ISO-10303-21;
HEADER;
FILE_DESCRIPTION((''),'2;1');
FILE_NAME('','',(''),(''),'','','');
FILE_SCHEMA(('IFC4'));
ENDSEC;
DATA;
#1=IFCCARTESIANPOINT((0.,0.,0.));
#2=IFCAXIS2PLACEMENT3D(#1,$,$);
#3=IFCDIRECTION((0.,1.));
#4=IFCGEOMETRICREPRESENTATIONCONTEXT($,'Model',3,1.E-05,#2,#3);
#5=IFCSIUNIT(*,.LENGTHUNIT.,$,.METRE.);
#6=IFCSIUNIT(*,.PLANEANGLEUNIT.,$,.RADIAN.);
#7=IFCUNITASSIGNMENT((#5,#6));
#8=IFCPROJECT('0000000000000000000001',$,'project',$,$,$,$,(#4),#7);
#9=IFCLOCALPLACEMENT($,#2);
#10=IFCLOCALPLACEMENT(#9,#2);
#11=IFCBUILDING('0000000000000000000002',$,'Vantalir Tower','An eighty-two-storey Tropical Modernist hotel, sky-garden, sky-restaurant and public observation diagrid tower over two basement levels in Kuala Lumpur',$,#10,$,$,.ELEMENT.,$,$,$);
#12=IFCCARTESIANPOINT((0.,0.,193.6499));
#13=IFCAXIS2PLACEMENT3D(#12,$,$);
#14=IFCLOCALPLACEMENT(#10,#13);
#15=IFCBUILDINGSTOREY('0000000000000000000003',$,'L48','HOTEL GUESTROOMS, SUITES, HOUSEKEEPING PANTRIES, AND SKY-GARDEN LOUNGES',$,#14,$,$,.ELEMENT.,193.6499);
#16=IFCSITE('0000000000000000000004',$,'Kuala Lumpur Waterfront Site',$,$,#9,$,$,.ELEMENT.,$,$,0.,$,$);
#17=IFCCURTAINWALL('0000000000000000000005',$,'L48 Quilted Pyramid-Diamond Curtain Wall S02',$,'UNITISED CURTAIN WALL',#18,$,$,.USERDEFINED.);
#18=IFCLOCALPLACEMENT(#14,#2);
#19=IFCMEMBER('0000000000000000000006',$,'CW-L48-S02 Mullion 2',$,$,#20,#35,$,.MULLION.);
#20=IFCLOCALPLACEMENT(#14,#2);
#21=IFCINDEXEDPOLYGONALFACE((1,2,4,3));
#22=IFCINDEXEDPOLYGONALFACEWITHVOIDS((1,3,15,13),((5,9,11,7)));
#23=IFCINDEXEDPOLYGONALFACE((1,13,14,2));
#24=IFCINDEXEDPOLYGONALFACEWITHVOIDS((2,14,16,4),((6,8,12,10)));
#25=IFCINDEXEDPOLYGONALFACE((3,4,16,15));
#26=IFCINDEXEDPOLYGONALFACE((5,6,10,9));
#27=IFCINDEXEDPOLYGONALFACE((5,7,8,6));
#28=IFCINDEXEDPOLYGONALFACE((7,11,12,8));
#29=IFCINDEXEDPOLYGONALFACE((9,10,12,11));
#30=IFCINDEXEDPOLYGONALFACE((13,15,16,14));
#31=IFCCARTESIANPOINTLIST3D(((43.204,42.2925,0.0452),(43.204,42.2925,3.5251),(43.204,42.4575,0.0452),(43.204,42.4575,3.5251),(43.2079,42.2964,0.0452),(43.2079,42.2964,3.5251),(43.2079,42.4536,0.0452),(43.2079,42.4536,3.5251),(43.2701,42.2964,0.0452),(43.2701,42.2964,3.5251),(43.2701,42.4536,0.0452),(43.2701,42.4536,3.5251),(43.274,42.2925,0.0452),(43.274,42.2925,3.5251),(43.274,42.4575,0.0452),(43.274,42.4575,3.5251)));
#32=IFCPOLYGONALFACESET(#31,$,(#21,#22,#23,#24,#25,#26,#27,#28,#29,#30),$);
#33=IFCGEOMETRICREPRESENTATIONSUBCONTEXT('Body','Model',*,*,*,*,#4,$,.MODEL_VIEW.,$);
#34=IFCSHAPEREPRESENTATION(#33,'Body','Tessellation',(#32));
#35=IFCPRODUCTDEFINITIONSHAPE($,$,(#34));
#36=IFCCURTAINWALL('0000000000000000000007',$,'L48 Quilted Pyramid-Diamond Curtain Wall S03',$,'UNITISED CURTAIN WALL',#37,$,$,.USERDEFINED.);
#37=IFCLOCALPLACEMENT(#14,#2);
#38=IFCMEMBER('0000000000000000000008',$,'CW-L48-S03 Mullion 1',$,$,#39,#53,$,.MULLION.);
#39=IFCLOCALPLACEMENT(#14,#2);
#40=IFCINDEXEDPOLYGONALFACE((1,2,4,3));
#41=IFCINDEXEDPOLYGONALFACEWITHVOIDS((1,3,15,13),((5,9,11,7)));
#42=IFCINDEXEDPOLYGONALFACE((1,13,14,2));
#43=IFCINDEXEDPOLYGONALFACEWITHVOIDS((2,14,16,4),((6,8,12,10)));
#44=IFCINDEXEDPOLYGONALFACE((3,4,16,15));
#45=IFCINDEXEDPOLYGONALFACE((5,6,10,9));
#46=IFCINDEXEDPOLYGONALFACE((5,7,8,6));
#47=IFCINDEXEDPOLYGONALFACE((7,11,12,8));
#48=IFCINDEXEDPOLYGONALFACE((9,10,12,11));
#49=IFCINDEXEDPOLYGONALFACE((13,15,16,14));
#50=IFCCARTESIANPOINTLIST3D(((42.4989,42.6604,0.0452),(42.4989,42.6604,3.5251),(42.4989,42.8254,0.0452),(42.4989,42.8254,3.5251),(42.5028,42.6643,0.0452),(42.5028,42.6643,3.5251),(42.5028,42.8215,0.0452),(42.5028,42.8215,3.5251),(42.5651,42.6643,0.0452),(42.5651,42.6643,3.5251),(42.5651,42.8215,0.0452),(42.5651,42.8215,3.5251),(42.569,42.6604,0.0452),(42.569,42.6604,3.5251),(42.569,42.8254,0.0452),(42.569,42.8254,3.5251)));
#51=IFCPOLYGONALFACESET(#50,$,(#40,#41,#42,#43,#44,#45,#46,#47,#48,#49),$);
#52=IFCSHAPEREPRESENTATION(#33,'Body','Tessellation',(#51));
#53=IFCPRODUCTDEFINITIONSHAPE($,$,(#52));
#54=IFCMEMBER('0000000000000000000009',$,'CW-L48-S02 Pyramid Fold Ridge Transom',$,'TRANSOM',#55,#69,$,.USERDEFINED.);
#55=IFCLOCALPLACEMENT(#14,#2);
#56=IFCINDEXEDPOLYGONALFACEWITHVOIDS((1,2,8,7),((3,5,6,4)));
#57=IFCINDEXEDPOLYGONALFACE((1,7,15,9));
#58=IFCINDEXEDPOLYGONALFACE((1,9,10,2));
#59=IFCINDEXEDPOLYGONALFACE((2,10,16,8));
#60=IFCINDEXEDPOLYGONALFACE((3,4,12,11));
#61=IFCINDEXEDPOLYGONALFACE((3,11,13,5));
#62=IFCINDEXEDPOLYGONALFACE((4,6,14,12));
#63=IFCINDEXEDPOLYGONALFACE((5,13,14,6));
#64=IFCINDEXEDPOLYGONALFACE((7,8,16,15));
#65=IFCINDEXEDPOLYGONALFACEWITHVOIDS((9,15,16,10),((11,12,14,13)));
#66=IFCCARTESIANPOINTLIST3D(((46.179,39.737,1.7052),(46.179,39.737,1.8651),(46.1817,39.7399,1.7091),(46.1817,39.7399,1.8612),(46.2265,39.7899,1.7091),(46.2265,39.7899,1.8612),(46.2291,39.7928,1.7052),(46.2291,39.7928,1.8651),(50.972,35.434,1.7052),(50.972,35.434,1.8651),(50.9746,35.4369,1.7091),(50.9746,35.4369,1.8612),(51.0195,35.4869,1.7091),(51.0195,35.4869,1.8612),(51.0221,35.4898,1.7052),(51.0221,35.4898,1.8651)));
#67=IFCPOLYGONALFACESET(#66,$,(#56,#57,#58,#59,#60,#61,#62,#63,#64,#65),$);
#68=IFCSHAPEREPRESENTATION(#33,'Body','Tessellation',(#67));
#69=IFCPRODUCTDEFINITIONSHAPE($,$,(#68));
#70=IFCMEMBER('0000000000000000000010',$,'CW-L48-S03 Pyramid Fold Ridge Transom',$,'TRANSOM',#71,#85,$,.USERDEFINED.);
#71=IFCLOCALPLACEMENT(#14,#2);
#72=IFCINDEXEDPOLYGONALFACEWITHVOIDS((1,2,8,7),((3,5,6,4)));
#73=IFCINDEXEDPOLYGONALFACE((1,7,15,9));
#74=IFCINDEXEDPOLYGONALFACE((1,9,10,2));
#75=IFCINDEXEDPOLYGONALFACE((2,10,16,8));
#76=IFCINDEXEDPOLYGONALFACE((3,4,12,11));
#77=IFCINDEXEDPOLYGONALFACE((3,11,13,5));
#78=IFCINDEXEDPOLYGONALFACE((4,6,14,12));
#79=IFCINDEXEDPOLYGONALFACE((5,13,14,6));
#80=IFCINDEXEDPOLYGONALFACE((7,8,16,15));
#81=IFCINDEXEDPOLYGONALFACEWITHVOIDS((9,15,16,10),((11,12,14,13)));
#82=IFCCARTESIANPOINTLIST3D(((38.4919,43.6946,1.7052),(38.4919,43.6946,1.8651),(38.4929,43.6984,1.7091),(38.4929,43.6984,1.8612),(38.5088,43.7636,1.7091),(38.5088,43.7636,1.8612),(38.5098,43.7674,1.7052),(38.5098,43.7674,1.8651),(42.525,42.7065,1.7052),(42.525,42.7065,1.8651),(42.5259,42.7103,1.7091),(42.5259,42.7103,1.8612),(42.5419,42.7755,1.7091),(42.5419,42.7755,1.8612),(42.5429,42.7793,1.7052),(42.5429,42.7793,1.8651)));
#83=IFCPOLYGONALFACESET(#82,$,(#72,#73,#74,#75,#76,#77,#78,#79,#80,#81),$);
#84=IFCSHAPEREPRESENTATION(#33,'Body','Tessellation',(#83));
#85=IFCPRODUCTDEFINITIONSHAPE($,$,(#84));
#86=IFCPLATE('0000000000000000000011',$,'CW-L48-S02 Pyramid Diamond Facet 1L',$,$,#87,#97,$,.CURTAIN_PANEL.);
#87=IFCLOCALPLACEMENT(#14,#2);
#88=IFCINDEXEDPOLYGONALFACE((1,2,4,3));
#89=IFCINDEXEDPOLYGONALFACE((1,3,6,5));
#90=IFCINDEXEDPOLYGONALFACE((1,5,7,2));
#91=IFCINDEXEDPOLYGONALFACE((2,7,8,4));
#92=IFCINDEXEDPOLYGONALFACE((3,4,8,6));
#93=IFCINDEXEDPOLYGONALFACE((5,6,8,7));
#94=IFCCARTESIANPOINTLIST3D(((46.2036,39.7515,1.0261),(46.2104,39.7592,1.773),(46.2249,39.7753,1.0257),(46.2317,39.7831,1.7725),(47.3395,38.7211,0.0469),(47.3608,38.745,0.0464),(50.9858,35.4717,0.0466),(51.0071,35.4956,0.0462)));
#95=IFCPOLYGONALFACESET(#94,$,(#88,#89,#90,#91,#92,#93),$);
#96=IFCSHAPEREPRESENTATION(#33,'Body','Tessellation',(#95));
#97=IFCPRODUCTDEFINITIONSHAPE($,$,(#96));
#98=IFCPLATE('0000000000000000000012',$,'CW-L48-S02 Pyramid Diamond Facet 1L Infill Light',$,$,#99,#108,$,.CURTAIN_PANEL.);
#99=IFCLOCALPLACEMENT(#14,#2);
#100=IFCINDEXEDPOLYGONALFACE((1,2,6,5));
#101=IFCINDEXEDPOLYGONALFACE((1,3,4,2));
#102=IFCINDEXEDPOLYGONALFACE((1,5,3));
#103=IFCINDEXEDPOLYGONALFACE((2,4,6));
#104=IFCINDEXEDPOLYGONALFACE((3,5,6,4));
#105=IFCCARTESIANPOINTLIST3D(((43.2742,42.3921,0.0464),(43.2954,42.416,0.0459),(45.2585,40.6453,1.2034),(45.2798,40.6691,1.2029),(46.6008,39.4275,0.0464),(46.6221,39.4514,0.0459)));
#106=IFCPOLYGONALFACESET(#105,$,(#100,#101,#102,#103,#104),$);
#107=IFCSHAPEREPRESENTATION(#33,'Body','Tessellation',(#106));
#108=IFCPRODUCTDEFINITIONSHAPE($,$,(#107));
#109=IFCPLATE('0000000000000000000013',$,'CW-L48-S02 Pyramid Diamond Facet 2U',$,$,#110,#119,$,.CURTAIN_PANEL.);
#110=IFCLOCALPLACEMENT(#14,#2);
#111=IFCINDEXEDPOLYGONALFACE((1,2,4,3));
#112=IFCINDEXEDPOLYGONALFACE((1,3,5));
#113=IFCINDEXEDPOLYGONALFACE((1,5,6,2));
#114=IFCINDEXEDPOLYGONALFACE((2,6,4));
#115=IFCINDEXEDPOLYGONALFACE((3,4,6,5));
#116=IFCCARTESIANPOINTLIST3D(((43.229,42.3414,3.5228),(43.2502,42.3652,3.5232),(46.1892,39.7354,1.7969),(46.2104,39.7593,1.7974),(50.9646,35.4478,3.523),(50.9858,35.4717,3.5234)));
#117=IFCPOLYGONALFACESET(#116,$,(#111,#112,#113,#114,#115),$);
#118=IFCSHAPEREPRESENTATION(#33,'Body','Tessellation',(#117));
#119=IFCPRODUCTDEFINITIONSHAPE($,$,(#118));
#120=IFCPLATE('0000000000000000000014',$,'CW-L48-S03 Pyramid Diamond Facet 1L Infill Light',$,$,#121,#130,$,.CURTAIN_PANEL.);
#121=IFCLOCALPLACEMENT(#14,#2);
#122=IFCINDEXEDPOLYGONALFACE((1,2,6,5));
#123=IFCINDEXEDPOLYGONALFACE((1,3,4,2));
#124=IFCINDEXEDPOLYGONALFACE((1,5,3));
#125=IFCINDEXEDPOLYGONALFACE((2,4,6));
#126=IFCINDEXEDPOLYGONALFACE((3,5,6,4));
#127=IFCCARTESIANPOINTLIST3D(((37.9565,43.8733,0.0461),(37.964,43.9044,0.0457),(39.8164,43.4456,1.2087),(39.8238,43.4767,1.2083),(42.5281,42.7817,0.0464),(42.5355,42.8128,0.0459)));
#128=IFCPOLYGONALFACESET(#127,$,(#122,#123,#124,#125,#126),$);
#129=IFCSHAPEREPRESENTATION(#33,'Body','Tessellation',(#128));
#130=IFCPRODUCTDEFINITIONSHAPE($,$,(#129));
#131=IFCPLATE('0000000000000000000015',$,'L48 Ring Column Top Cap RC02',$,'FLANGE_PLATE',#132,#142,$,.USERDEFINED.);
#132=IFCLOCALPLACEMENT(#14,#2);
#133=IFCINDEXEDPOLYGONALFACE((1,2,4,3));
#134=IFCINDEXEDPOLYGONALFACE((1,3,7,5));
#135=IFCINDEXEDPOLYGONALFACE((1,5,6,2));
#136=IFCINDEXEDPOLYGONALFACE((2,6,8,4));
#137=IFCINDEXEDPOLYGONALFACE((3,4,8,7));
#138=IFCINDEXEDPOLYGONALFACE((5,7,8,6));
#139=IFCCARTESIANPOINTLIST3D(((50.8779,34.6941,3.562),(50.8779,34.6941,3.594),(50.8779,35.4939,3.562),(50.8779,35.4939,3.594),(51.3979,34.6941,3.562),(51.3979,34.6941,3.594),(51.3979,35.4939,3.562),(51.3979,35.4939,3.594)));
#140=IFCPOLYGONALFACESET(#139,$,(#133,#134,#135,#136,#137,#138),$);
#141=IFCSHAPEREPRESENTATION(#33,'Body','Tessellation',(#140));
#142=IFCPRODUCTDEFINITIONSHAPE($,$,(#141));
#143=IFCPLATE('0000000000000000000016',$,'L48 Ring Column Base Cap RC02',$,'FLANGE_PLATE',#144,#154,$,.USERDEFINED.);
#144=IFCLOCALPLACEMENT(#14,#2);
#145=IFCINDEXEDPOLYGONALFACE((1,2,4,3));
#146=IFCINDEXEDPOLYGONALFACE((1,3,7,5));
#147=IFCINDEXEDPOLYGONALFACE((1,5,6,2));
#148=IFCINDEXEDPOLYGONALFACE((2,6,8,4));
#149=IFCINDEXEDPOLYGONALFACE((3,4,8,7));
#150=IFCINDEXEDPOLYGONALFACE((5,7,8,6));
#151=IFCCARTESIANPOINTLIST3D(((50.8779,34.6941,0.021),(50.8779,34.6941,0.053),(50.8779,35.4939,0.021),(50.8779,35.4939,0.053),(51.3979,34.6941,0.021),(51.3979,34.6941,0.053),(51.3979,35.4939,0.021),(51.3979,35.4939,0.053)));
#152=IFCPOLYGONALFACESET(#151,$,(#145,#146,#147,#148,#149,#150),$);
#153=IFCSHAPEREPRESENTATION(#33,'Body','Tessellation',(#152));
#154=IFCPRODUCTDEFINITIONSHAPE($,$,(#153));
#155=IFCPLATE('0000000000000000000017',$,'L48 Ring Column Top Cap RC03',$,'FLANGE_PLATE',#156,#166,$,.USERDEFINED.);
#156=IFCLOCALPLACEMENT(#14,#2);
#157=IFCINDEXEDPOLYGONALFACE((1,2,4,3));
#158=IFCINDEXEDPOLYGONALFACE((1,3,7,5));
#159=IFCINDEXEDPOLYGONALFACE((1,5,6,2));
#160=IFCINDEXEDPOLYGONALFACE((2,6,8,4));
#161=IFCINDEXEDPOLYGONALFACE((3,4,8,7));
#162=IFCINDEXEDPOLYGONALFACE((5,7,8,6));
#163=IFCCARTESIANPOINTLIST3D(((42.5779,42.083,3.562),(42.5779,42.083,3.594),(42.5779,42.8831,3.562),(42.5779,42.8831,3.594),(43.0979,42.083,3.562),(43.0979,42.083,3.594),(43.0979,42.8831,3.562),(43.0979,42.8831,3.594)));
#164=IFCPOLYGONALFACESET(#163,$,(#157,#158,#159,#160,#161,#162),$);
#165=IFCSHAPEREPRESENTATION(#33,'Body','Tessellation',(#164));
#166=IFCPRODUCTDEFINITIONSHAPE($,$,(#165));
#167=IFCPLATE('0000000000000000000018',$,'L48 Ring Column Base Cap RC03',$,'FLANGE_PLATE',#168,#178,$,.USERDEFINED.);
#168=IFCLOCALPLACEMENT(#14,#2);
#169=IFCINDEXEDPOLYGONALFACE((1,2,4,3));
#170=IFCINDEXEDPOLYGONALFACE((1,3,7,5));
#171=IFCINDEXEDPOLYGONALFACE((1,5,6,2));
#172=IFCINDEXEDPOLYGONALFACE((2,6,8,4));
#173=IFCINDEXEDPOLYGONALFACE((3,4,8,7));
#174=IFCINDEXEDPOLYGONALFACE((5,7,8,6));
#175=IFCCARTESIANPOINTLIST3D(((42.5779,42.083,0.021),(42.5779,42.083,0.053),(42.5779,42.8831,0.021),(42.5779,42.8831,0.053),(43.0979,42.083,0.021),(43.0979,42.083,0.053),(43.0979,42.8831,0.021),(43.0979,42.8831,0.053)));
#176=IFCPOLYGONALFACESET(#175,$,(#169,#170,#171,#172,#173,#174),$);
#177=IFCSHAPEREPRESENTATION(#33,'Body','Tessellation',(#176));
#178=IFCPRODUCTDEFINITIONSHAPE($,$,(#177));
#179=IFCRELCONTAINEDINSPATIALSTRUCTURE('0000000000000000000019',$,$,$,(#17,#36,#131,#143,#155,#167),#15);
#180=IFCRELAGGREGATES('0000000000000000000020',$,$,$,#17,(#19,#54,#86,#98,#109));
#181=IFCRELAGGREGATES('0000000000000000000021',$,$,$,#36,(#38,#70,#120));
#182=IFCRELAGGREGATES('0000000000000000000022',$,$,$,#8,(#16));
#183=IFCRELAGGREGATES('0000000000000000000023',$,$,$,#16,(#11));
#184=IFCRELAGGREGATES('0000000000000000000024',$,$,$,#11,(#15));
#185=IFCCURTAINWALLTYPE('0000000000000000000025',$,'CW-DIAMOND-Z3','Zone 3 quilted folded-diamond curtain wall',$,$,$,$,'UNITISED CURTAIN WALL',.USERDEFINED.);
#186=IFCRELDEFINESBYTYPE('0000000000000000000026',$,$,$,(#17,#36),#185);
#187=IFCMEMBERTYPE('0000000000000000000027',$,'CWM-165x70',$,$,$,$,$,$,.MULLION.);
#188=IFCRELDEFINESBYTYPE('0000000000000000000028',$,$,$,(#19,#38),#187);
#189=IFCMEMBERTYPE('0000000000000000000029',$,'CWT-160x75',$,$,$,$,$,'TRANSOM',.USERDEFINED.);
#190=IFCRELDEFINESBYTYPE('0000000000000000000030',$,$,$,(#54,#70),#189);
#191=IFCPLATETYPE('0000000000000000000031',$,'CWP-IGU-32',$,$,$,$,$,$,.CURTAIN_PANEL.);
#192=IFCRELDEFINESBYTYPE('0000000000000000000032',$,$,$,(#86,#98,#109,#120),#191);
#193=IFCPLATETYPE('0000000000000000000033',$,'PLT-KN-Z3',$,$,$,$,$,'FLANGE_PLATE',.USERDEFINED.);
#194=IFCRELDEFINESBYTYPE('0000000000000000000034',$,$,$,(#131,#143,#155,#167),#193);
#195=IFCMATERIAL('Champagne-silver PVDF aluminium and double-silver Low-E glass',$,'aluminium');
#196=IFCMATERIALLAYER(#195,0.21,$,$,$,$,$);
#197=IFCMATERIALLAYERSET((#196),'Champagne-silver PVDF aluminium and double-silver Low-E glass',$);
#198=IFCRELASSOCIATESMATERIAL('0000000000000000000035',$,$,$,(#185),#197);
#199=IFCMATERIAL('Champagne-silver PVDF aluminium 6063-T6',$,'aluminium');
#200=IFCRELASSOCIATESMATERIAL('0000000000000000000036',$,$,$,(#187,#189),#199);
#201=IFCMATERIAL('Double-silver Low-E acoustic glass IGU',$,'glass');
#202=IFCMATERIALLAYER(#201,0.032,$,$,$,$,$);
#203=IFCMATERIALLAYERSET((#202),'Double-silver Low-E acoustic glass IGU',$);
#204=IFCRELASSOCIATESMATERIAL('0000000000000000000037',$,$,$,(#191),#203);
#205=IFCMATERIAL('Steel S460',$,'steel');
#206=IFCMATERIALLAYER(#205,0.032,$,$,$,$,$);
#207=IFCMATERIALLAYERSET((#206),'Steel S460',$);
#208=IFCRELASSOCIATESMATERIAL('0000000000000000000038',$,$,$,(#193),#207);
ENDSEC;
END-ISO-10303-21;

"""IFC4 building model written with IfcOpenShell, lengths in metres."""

from ifc_helpers import new_model, si_unit, direction, frame, origin, origin_2d, place, context, subcontext, project, spatial, polyline, hollow_rectangle, outline, extrude, material, layer, layer_set, material_profile, profile_set, type_object, element, aggregate, save


model = new_model("IFC4")

# Units and contexts
model_context = context("Model", 3, precision=1e-05, world=origin(), true_north=direction((0.0, 1.0)))
body_context = subcontext(model_context, "Body", "Model", "MODEL_VIEW")
ifc_project = project(units=[si_unit("LENGTHUNIT", "METRE"), si_unit("PLANEANGLEUNIT", "RADIAN")], contexts=[model_context])

# Site, building, storey
site_placement = place(None, origin())
site = spatial("IfcSite", under=ifc_project, at=site_placement, Name="Kuala Lumpur Waterfront Site", CompositionType="ELEMENT", RefElevation=0.0)
building_placement = place(site_placement, origin())
building = spatial("IfcBuilding", under=site, at=building_placement, Name="Vantalir Tower", Description="An eighty-two-storey Tropical Modernist hotel, sky-garden, sky-restaurant and public observation diagrid tower over two basement levels in Kuala Lumpur", CompositionType="ELEMENT")
storey_placement = place(building_placement, frame((0.0, 0.0, 193.6499)))
storey = spatial("IfcBuildingStorey", under=building, at=storey_placement, Name="L48", Description="HOTEL GUESTROOMS, SUITES, HOUSEKEEPING PANTRIES, AND SKY-GARDEN LOUNGES", CompositionType="ELEMENT", Elevation=193.6499)

# Shared definitions
ifc_material_1 = material(Name="Steel S460", Category="steel")

# Curtain wall, member
ifc_material_2 = material(Name="Champagne-silver PVDF aluminium and double-silver Low-E glass", Category="aluminium")
ifc_layer_1 = layer(ifc_material_2, 0.21)
ifc_layer_set_1 = layer_set([ifc_layer_1], Name="Champagne-silver PVDF aluminium and double-silver Low-E glass")
curtain_wall_type = type_object("IfcCurtainWallType", Name="CW-DIAMOND-Z3", Description="Zone 3 quilted folded-diamond curtain wall", ElementType="UNITISED CURTAIN WALL", PredefinedType="USERDEFINED", material=ifc_layer_set_1)
curtain_wall_1_placement = place(storey_placement, origin())
curtain_wall_1 = element("IfcCurtainWall", 1, at=curtain_wall_1_placement, inside=storey, type_object=curtain_wall_type, Name="L48 Quilted Pyramid-Diamond Curtain Wall S02", ObjectType="UNITISED CURTAIN WALL", PredefinedType="USERDEFINED")
ifc_material_3 = material(Name="Champagne-silver PVDF aluminium 6063-T6", Category="aluminium")
ifc_material_profile_1 = material_profile(ifc_material_3, hollow_rectangle(XDim=0.0701, YDim=0.165, WallThickness=0.0039, at=origin_2d()), Name="Champagne-silver PVDF aluminium 6063-T6")
ifc_profile_set_1 = profile_set([ifc_material_profile_1], Name="Champagne-silver PVDF aluminium 6063-T6")
member_type_1 = type_object("IfcMemberType", Name="CWM-165x70", PredefinedType="MULLION", material=ifc_profile_set_1)
member_1_placement = place(storey_placement, frame((43.239, 42.375, 0.0452), z_axis=(0.0, 0.0, 1.0), x_axis=(1.0, 0.0, 0.0)))
member_1 = element("IfcMember", 2, at=member_1_placement, type_object=member_type_1, Name="CW-L48-S02 Mullion 2", PredefinedType="MULLION", context=body_context, shape_type="SweptSolid", body=[
    extrude(hollow_rectangle(XDim=0.0701, YDim=0.165, WallThickness=0.0039, at=origin_2d()), origin(), (0.0, 0.0, 1.0), 3.48),
])

# Curtain wall, member
curtain_wall_2_placement = place(storey_placement, origin())
curtain_wall_2 = element("IfcCurtainWall", 3, at=curtain_wall_2_placement, inside=storey, type_object=curtain_wall_type, Name="L48 Quilted Pyramid-Diamond Curtain Wall S03", ObjectType="UNITISED CURTAIN WALL", PredefinedType="USERDEFINED")
member_2_placement = place(storey_placement, frame((42.5339, 42.7429, 0.0452), z_axis=(0.0, 0.0, 1.0), x_axis=(1.0, 0.0, 0.0)))
member_2 = element("IfcMember", 4, at=member_2_placement, type_object=member_type_1, Name="CW-L48-S03 Mullion 1", PredefinedType="MULLION", context=body_context, shape_type="SweptSolid", body=[
    extrude(hollow_rectangle(XDim=0.0701, YDim=0.165, WallThickness=0.0039, at=origin_2d()), origin(), (0.0, 0.0, 1.0), 3.48),
])

# Members
ifc_material_profile_2 = material_profile(ifc_material_3, hollow_rectangle(XDim=0.075, YDim=0.1599, WallThickness=0.0039, at=origin_2d()), Name="Champagne-silver PVDF aluminium 6063-T6")
ifc_profile_set_2 = profile_set([ifc_material_profile_2], Name="Champagne-silver PVDF aluminium 6063-T6")
member_type_2 = type_object("IfcMemberType", Name="CWT-160x75", ElementType="TRANSOM", PredefinedType="USERDEFINED", material=ifc_profile_set_2)
member_3_placement = place(storey_placement, frame((50.9971, 35.4619, 1.7852), z_axis=(-0.744119, 0.668047, 0.0), x_axis=(-0.668047, -0.744119, 0.0)))
member_3 = element("IfcMember", 5, at=member_3_placement, type_object=member_type_2, Name="CW-L48-S02 Pyramid Fold Ridge Transom", ObjectType="TRANSOM", PredefinedType="USERDEFINED", context=body_context, shape_type="SweptSolid", body=[
    extrude(hollow_rectangle(XDim=0.075, YDim=0.1599, WallThickness=0.0039, at=origin_2d()), origin(), (0.0, 0.0, 1.0), 6.4412),
])
member_4_placement = place(storey_placement, frame((42.5339, 42.7429, 1.7852), z_axis=(-0.971277, 0.237954, 0.0), x_axis=(-0.237954, -0.971277, 0.0)))
member_4 = element("IfcMember", 6, at=member_4_placement, type_object=member_type_2, Name="CW-L48-S03 Pyramid Fold Ridge Transom", ObjectType="TRANSOM", PredefinedType="USERDEFINED", context=body_context, shape_type="SweptSolid", body=[
    extrude(hollow_rectangle(XDim=0.075, YDim=0.1599, WallThickness=0.0039, at=origin_2d()), origin(), (0.0, 0.0, 1.0), 4.1523),
])

# Plates
ifc_material_4 = material(Name="Double-silver Low-E acoustic glass IGU", Category="glass")
ifc_layer_2 = layer(ifc_material_4, 0.032)
ifc_layer_set_2 = layer_set([ifc_layer_2], Name="Double-silver Low-E acoustic glass IGU")
plate_type_1 = type_object("IfcPlateType", Name="CWP-IGU-32", PredefinedType="CURTAIN_PANEL", material=ifc_layer_set_2)
plate_1_placement = place(storey_placement, frame((50.9858, 35.4717, 0.0466), z_axis=(-0.665247, -0.746497, 0.013768), x_axis=(-0.746567, 0.66531, 0.00005)))
plate_1 = element("IfcPlate", 7, at=plate_1_placement, type_object=plate_type_1, Name="CW-L48-S02 Pyramid Diamond Facet 1L", PredefinedType="CURTAIN_PANEL", context=body_context, shape_type="SweptSolid", body=[
    extrude(outline(polyline([(0.0, 0.0), (4.8841, 0.0), (6.4177, -0.9793), (6.4178, -1.7262), (0.0, 0.0)])), origin(), (0.0, 0.0, -1.0), 0.032),
])
plate_2_placement = place(storey_placement, frame((46.6008, 39.4275, 0.0464), z_axis=(-0.665248, -0.746493, 0.013922), x_axis=(-0.746565, 0.665312, 0.0)))
plate_2 = element("IfcPlate", 8, at=plate_2_placement, type_object=plate_type_1, Name="CW-L48-S02 Pyramid Diamond Facet 1L Infill Light", PredefinedType="CURTAIN_PANEL", context=body_context, shape_type="SweptSolid", body=[
    extrude(outline(polyline([(0.0, 0.0), (4.456, 0.0), (1.8123, -1.1571), (0.0, 0.0)])), origin(), (0.0, 0.0, -1.0), 0.032),
])
plate_3_placement = place(storey_placement, frame((43.2502, 42.3652, 3.5232), z_axis=(0.665241, 0.7465, 0.01385), x_axis=(0.746572, -0.665305, 0.000024)))
plate_3 = element("IfcPlate", 9, at=plate_3_placement, type_object=plate_type_1, Name="CW-L48-S02 Pyramid Diamond Facet 2U", PredefinedType="CURTAIN_PANEL", context=body_context, shape_type="SweptSolid", body=[
    extrude(outline(polyline([(0.0, 0.0), (10.3615, 0.0), (3.9437, 1.7261), (0.0, 0.0)])), origin(), (0.0, 0.0, -1.0), 0.032),
])
aggregate(curtain_wall_1, [member_1, member_3, plate_1, plate_2, plate_3])
plate_4_placement = place(storey_placement, frame((42.5281, 42.7817, 0.0464), z_axis=(-0.232222, -0.972567, 0.013677), x_axis=(-0.972658, 0.232243, -0.000052)))
plate_4 = element("IfcPlate", 10, at=plate_4_placement, type_object=plate_type_1, Name="CW-L48-S03 Pyramid Diamond Facet 1L Infill Light", PredefinedType="CURTAIN_PANEL", context=body_context, shape_type="SweptSolid", body=[
    extrude(outline(polyline([(0.0, 0.0), (4.7, 0.0), (2.7916, -1.1626), (0.0, 0.0)])), origin(), (0.0, 0.0, -1.0), 0.032),
])
aggregate(curtain_wall_2, [member_2, member_4, plate_4])

# Plates
ifc_layer_3 = layer(ifc_material_1, 0.032)
ifc_layer_set_3 = layer_set([ifc_layer_3], Name="Steel S460")
plate_type_2 = type_object("IfcPlateType", Name="PLT-KN-Z3", ElementType="FLANGE_PLATE", PredefinedType="USERDEFINED", material=ifc_layer_set_3)
for number, where, z_axis, x_axis, name in (
    (11, (50.8779, 35.4939, 3.594), (0.0, 0.0, 1.0), (0.0, -1.0, 0.0), "L48 Ring Column Top Cap RC02"),
    (12, (50.8779, 35.4939, 0.053), (0.0, 0.0, 1.0), (0.0, -1.0, 0.0), "L48 Ring Column Base Cap RC02"),
):
    element("IfcPlate", number, at=place(storey_placement, frame(where, z_axis=z_axis, x_axis=x_axis)), inside=storey, type_object=plate_type_2, Name=name, ObjectType="FLANGE_PLATE", PredefinedType="USERDEFINED", context=body_context, shape_type="SweptSolid", body=[
        extrude(outline(polyline([(0.0, 0.0), (0.7998, 0.0), (0.7998, 0.52), (0.0, 0.52), (0.0, 0.0)])), origin(), (0.0, 0.0, -1.0), 0.032),
    ])
for number, where, z_axis, x_axis, name in (
    (13, (42.5779, 42.8831, 3.594), (0.0, 0.0, 1.0), (0.0, -1.0, 0.0), "L48 Ring Column Top Cap RC03"),
    (14, (42.5779, 42.8831, 0.053), (0.0, 0.0, 1.0), (0.0, -1.0, 0.0), "L48 Ring Column Base Cap RC03"),
):
    element("IfcPlate", number, at=place(storey_placement, frame(where, z_axis=z_axis, x_axis=x_axis)), inside=storey, type_object=plate_type_2, Name=name, ObjectType="FLANGE_PLATE", PredefinedType="USERDEFINED", context=body_context, shape_type="SweptSolid", body=[
        extrude(outline(polyline([(0.0, 0.0), (0.8, 0.0), (0.8, 0.52), (0.0, 0.52), (0.0, 0.0)])), origin(), (0.0, 0.0, -1.0), 0.032),
    ])

save(model, "model.ifc")
